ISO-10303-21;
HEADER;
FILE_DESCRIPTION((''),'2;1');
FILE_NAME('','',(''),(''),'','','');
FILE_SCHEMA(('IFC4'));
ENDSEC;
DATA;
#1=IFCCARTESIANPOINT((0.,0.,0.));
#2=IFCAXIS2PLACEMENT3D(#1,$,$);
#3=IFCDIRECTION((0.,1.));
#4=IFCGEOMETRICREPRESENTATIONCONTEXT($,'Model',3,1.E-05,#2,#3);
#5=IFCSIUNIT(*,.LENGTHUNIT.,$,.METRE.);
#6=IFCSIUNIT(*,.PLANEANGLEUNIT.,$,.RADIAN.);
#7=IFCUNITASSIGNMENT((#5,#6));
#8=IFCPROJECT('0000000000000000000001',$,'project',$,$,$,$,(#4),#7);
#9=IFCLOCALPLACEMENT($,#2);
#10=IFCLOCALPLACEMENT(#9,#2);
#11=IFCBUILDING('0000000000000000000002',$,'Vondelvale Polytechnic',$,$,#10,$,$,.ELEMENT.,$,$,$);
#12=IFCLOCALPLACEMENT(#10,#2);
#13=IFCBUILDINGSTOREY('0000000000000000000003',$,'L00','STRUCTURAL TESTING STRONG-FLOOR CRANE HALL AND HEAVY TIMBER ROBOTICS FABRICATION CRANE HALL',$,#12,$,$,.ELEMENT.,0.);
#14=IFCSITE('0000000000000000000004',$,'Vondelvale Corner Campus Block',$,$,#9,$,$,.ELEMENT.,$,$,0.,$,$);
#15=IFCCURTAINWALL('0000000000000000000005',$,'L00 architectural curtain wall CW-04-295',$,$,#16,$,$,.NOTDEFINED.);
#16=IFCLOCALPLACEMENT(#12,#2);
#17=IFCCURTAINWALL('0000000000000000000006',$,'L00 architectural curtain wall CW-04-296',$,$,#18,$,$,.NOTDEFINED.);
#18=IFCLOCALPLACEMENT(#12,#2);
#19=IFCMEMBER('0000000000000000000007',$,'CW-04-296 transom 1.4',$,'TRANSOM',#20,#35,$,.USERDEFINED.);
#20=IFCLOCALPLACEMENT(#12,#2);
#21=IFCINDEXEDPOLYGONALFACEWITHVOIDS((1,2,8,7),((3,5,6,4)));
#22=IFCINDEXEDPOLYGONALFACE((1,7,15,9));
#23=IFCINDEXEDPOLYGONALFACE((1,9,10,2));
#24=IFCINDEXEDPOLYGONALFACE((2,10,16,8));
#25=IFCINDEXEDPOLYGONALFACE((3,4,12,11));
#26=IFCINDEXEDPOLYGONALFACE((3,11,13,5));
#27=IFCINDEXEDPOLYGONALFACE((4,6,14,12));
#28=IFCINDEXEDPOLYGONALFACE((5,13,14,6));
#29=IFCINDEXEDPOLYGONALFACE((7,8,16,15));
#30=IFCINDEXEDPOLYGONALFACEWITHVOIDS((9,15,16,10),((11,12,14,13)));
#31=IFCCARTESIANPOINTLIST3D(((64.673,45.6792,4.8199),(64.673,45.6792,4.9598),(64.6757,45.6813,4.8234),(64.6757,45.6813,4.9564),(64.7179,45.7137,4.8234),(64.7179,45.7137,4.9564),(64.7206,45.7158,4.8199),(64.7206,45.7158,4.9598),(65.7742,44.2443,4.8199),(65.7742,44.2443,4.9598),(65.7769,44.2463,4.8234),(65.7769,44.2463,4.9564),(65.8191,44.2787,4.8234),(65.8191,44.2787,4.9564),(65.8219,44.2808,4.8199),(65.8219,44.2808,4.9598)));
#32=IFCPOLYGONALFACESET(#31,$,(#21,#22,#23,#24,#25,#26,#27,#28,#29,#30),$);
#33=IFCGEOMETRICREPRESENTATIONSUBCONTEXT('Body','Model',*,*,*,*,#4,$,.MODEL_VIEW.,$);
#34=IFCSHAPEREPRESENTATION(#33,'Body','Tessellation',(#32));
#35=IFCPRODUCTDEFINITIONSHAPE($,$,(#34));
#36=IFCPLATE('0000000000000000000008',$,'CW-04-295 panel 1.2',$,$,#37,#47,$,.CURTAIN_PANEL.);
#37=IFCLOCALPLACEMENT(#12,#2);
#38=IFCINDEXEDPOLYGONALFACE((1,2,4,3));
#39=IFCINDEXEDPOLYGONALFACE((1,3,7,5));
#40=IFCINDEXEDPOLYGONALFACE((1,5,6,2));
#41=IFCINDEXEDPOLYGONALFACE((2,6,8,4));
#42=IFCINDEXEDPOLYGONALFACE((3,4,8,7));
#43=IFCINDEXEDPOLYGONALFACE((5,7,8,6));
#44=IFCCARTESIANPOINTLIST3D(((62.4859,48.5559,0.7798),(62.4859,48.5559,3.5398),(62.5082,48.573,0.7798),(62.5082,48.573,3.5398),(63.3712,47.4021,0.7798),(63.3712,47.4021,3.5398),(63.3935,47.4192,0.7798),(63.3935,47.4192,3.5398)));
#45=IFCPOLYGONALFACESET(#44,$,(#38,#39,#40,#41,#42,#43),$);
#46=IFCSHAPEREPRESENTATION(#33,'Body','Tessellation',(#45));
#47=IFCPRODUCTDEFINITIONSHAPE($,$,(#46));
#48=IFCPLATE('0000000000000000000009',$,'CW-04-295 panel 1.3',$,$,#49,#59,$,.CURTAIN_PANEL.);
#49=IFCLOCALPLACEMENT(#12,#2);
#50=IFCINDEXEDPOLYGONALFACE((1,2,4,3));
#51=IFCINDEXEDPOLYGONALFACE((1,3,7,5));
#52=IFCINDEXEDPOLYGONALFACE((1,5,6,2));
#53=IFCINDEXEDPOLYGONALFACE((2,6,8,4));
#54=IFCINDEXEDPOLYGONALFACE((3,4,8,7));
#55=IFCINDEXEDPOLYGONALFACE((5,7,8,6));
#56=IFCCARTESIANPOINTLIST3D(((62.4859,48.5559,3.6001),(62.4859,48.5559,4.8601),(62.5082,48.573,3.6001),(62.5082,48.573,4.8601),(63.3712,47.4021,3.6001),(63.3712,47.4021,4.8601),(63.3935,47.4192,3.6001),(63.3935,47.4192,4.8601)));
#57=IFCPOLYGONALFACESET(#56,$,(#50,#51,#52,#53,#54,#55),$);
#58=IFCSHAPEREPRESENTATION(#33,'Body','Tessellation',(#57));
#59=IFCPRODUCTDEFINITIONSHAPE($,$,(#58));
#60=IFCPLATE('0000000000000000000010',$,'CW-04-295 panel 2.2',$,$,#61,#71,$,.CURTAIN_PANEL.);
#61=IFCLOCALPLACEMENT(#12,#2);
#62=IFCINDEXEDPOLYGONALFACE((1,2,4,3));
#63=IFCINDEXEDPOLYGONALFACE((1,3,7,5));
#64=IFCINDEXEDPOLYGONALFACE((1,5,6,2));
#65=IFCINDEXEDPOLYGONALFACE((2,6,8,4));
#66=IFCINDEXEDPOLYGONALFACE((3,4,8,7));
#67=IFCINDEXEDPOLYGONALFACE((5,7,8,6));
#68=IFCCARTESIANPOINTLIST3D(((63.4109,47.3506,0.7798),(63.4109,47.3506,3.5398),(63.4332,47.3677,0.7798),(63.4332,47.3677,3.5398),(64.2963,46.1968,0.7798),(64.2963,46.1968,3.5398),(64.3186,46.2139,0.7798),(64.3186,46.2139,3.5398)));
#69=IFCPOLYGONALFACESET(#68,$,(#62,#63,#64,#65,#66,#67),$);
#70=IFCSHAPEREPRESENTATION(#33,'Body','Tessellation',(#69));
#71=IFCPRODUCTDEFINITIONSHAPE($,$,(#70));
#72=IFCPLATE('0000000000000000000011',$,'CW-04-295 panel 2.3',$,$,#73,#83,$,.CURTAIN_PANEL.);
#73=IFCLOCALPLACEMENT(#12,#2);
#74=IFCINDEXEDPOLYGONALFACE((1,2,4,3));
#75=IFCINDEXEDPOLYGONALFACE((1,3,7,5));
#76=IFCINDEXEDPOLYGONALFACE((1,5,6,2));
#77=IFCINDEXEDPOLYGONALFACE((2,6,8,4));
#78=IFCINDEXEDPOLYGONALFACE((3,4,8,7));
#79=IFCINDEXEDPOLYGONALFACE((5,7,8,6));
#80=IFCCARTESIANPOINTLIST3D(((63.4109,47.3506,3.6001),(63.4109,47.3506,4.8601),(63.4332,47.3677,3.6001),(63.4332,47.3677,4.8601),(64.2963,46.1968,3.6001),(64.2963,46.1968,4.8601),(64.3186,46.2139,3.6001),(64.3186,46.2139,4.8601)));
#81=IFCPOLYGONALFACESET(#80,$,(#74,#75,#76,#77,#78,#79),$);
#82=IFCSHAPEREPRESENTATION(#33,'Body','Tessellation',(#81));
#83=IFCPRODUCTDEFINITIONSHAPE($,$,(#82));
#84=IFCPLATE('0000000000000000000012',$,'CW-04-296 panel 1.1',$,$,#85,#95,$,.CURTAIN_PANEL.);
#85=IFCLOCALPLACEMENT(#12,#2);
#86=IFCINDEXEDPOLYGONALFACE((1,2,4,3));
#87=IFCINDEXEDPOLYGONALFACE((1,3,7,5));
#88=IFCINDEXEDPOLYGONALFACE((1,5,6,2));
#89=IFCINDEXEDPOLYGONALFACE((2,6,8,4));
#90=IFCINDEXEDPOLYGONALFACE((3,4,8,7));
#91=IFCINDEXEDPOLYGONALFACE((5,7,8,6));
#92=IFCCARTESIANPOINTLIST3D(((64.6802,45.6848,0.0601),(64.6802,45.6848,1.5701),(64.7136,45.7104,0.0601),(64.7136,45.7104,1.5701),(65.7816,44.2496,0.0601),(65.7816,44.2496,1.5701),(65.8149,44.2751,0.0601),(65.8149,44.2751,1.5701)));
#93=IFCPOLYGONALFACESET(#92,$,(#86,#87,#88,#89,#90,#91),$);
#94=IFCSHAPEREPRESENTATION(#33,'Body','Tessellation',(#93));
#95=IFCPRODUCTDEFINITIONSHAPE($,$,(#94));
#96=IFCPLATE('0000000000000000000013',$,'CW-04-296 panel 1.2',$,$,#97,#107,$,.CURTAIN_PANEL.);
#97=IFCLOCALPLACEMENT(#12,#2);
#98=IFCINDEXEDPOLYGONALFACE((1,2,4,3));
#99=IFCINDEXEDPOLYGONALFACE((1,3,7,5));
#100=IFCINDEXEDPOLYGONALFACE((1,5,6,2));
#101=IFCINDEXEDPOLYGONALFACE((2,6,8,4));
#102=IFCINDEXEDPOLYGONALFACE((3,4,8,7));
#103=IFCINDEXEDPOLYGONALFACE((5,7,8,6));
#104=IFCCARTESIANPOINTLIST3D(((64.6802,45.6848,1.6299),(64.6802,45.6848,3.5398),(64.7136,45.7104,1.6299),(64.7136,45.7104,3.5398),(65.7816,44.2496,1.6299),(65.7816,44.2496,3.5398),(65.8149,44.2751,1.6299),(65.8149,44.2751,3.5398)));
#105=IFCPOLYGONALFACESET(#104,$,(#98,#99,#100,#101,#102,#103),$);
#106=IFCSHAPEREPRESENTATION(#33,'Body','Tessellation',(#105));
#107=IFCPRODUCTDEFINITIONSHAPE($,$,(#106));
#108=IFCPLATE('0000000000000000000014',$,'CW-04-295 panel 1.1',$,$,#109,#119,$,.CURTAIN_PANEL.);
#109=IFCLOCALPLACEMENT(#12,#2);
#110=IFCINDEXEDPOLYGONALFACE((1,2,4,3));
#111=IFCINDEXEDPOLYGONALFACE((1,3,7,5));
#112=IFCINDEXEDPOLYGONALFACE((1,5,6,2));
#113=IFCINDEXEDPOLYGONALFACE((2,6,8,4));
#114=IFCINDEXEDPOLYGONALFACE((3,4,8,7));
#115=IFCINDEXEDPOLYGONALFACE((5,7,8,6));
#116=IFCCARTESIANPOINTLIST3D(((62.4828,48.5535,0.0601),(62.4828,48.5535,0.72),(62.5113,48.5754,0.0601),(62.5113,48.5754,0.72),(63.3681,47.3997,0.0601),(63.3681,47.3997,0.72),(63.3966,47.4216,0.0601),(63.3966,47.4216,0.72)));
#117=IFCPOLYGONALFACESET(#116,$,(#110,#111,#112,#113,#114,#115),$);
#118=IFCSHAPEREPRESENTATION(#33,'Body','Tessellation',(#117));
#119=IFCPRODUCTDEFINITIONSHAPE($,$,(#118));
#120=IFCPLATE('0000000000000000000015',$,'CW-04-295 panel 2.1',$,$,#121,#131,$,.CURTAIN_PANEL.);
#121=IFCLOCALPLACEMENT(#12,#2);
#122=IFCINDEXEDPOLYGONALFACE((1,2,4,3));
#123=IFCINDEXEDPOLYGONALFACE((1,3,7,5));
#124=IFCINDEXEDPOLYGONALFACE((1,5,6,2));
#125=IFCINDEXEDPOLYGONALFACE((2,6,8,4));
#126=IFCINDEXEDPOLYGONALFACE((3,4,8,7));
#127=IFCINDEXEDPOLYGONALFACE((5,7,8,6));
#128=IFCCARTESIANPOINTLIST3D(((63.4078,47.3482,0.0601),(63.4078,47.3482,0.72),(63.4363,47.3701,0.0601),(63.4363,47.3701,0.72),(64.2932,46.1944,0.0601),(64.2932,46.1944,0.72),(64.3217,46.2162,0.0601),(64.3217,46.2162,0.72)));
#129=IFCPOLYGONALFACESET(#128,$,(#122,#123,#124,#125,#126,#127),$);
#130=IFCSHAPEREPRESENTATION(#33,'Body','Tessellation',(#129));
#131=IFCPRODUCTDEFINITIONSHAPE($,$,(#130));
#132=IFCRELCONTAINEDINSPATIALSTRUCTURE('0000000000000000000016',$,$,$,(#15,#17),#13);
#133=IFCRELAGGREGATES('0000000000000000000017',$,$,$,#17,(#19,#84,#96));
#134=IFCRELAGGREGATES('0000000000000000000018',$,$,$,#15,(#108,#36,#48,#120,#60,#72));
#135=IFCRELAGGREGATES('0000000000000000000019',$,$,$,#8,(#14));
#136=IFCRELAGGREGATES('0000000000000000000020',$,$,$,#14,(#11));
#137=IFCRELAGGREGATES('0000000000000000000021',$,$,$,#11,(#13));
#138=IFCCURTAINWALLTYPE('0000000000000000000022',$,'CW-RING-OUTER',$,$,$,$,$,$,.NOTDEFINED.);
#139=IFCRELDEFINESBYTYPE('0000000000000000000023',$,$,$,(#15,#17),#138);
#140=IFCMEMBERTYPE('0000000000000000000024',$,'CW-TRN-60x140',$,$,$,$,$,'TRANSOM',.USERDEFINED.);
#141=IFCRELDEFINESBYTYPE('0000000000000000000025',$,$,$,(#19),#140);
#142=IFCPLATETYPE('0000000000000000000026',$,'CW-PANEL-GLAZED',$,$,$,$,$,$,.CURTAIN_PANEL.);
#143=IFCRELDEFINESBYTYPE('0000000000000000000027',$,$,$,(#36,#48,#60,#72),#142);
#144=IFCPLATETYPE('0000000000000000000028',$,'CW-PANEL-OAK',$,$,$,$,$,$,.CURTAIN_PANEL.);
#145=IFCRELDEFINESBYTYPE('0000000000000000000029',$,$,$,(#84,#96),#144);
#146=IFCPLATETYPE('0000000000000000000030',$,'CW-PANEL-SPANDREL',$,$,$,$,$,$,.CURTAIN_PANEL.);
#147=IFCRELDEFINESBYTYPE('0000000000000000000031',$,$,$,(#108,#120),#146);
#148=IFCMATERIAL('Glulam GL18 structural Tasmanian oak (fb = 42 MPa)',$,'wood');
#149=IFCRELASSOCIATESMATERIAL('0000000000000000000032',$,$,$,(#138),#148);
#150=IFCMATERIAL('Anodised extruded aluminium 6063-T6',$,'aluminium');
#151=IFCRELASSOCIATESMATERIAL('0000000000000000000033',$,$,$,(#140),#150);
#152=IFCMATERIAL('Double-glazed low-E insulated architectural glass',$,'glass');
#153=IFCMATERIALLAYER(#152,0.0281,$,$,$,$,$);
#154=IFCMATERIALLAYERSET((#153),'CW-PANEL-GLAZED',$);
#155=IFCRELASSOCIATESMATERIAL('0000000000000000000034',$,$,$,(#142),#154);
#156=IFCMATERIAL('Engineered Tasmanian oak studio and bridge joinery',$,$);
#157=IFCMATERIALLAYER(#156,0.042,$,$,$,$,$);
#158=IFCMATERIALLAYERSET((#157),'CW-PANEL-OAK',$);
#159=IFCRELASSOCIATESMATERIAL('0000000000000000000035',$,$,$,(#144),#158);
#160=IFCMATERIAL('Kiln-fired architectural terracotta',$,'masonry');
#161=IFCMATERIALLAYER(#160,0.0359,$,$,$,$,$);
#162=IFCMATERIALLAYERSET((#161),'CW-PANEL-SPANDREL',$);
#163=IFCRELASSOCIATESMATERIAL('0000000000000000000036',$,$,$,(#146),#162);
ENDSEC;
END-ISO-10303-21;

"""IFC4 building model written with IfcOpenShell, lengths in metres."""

from ifc_helpers import new_model, si_unit, direction, frame, origin, origin_2d, place, context, subcontext, project, spatial, rectangle, hollow_rectangle, extrude, material, layer, layer_set, material_profile, profile_set, type_object, element, aggregate, save


model = new_model("IFC4")

# Units and contexts
model_context = context("Model", 3, precision=1e-05, world=origin(), true_north=direction((0.0, 1.0)))
body_context = subcontext(model_context, "Body", "Model", "MODEL_VIEW")
ifc_project = project(units=[si_unit("LENGTHUNIT", "METRE"), si_unit("PLANEANGLEUNIT", "RADIAN")], contexts=[model_context])

# Site, building, storey
site_placement = place(None, origin())
site = spatial("IfcSite", under=ifc_project, at=site_placement, Name="Vondelvale Corner Campus Block", CompositionType="ELEMENT", RefElevation=0.0)
building_placement = place(site_placement, origin())
building = spatial("IfcBuilding", under=site, at=building_placement, Name="Vondelvale Polytechnic", CompositionType="ELEMENT")
storey_placement = place(building_placement, origin())
storey = spatial("IfcBuildingStorey", under=building, at=storey_placement, Name="L00", Description="STRUCTURAL TESTING STRONG-FLOOR CRANE HALL AND HEAVY TIMBER ROBOTICS FABRICATION CRANE HALL", CompositionType="ELEMENT", Elevation=0.0)

# Shared definitions
ifc_material_1 = material(Name="Glulam GL18 structural Tasmanian oak (fb = 42 MPa)", Category="wood")

# Curtain wall
curtain_wall_type = type_object("IfcCurtainWallType", Name="CW-RING-OUTER", PredefinedType="NOTDEFINED", material=ifc_material_1)
curtain_wall_1_placement = place(storey_placement, origin())
curtain_wall_1 = element("IfcCurtainWall", 1, at=curtain_wall_1_placement, inside=storey, type_object=curtain_wall_type, Name="L00 architectural curtain wall CW-04-295", PredefinedType="NOTDEFINED")
ifc_material_2 = material(Name="Anodised extruded aluminium 6063-T6", Category="aluminium")

# Curtain wall
curtain_wall_2_placement = place(storey_placement, origin())
curtain_wall_2 = element("IfcCurtainWall", 2, at=curtain_wall_2_placement, inside=storey, type_object=curtain_wall_type, Name="L00 architectural curtain wall CW-04-296", PredefinedType="NOTDEFINED")

# Member
ifc_material_profile_1 = material_profile(ifc_material_2, hollow_rectangle(XDim=0.0601, YDim=0.1399, WallThickness=0.0034, at=origin_2d()), Name="CW-TRN-140x60")
ifc_profile_set_1 = profile_set([ifc_material_profile_1], Name="Anodised extruded aluminium 6063-T6")
member_type_1 = type_object("IfcMemberType", Name="CW-TRN-60x140", ElementType="TRANSOM", PredefinedType="USERDEFINED", material=ifc_profile_set_1)
member_1_placement = place(storey_placement, frame((64.6968, 45.6975, 4.8899), z_axis=(0.608817, -0.793311, 0.0), x_axis=(0.793311, 0.608817, 0.0)))
member_1 = element("IfcMember", 3, at=member_1_placement, type_object=member_type_1, Name="CW-04-296 transom 1.4", ObjectType="TRANSOM", PredefinedType="USERDEFINED", context=body_context, shape_type="SweptSolid", body=[
    extrude(hollow_rectangle(XDim=0.0601, YDim=0.1399, WallThickness=0.0034, at=origin_2d()), origin(), (0.0, 0.0, 1.0), 1.8088),
])

# Plates
ifc_material_3 = material(Name="Double-glazed low-E insulated architectural glass", Category="glass")
ifc_layer_1 = layer(ifc_material_3, 0.0281)
ifc_layer_set_1 = layer_set([ifc_layer_1], Name="CW-PANEL-GLAZED")
plate_type_1 = type_object("IfcPlateType", Name="CW-PANEL-GLAZED", PredefinedType="CURTAIN_PANEL", material=ifc_layer_set_1)
plate_1_placement = place(storey_placement, frame((62.9397, 47.9875, 0.7798), z_axis=(0.0, 0.0, 1.0), x_axis=(0.608764, -0.793352, 0.0)))
plate_1 = element("IfcPlate", 4, at=plate_1_placement, type_object=plate_type_1, Name="CW-04-295 panel 1.2", PredefinedType="CURTAIN_PANEL", context=body_context, shape_type="SweptSolid", body=[
    extrude(rectangle(XDim=1.4543, YDim=0.0281, at=origin_2d()), origin(), (0.0, 0.0, 1.0), 2.76),
])
plate_2_placement = place(storey_placement, frame((62.9397, 47.9875, 3.6001), z_axis=(0.0, 0.0, 1.0), x_axis=(0.608764, -0.793352, 0.0)))
plate_2 = element("IfcPlate", 5, at=plate_2_placement, type_object=plate_type_1, Name="CW-04-295 panel 1.3", PredefinedType="CURTAIN_PANEL", context=body_context, shape_type="SweptSolid", body=[
    extrude(rectangle(XDim=1.4543, YDim=0.0281, at=origin_2d()), origin(), (0.0, 0.0, 1.0), 1.26),
])
plate_3_placement = place(storey_placement, frame((63.8647, 46.7822, 0.7798), z_axis=(0.0, 0.0, 1.0), x_axis=(0.608764, -0.793352, 0.0)))
plate_3 = element("IfcPlate", 6, at=plate_3_placement, type_object=plate_type_1, Name="CW-04-295 panel 2.2", PredefinedType="CURTAIN_PANEL", context=body_context, shape_type="SweptSolid", body=[
    extrude(rectangle(XDim=1.4543, YDim=0.0281, at=origin_2d()), origin(), (0.0, 0.0, 1.0), 2.76),
])
plate_4_placement = place(storey_placement, frame((63.8647, 46.7822, 3.6001), z_axis=(0.0, 0.0, 1.0), x_axis=(0.608764, -0.793352, 0.0)))
plate_4 = element("IfcPlate", 7, at=plate_4_placement, type_object=plate_type_1, Name="CW-04-295 panel 2.3", PredefinedType="CURTAIN_PANEL", context=body_context, shape_type="SweptSolid", body=[
    extrude(rectangle(XDim=1.4543, YDim=0.0281, at=origin_2d()), origin(), (0.0, 0.0, 1.0), 1.26),
])
ifc_material_4 = material(Name="Engineered Tasmanian oak studio and bridge joinery")
ifc_layer_2 = layer(ifc_material_4, 0.042)
ifc_layer_set_2 = layer_set([ifc_layer_2], Name="CW-PANEL-OAK")
plate_type_2 = type_object("IfcPlateType", Name="CW-PANEL-OAK", PredefinedType="CURTAIN_PANEL", material=ifc_layer_set_2)
plate_5_placement = place(storey_placement, frame((65.2476, 44.98, 0.0601), z_axis=(0.0, 0.0, 1.0), x_axis=(0.608771, -0.793346, 0.0)))
plate_5 = element("IfcPlate", 8, at=plate_5_placement, type_object=plate_type_2, Name="CW-04-296 panel 1.1", PredefinedType="CURTAIN_PANEL", context=body_context, shape_type="SweptSolid", body=[
    extrude(rectangle(XDim=1.8091, YDim=0.042, at=origin_2d()), origin(), (0.0, 0.0, 1.0), 1.51),
])
plate_6_placement = place(storey_placement, frame((65.2476, 44.98, 1.6299), z_axis=(0.0, 0.0, 1.0), x_axis=(0.608771, -0.793346, 0.0)))
plate_6 = element("IfcPlate", 9, at=plate_6_placement, type_object=plate_type_2, Name="CW-04-296 panel 1.2", PredefinedType="CURTAIN_PANEL", context=body_context, shape_type="SweptSolid", body=[
    extrude(rectangle(XDim=1.8091, YDim=0.042, at=origin_2d()), origin(), (0.0, 0.0, 1.0), 1.9099),
])
aggregate(curtain_wall_2, [member_1, plate_5, plate_6])
ifc_material_5 = material(Name="Kiln-fired architectural terracotta", Category="masonry")
ifc_layer_3 = layer(ifc_material_5, 0.0359)
ifc_layer_set_3 = layer_set([ifc_layer_3], Name="CW-PANEL-SPANDREL")
plate_type_3 = type_object("IfcPlateType", Name="CW-PANEL-SPANDREL", PredefinedType="CURTAIN_PANEL", material=ifc_layer_set_3)
plate_7_placement = place(storey_placement, frame((62.9397, 47.9875, 0.0601), z_axis=(0.0, 0.0, 1.0), x_axis=(0.608764, -0.793352, 0.0)))
plate_7 = element("IfcPlate", 10, at=plate_7_placement, type_object=plate_type_3, Name="CW-04-295 panel 1.1", PredefinedType="CURTAIN_PANEL", context=body_context, shape_type="SweptSolid", body=[
    extrude(rectangle(XDim=1.4543, YDim=0.0359, at=origin_2d()), origin(), (0.0, 0.0, 1.0), 0.6599),
])
plate_8_placement = place(storey_placement, frame((63.8647, 46.7822, 0.0601), z_axis=(0.0, 0.0, 1.0), x_axis=(0.608764, -0.793352, 0.0)))
plate_8 = element("IfcPlate", 11, at=plate_8_placement, type_object=plate_type_3, Name="CW-04-295 panel 2.1", PredefinedType="CURTAIN_PANEL", context=body_context, shape_type="SweptSolid", body=[
    extrude(rectangle(XDim=1.4543, YDim=0.0359, at=origin_2d()), origin(), (0.0, 0.0, 1.0), 0.6599),
])
aggregate(curtain_wall_1, [plate_7, plate_1, plate_2, plate_8, plate_3, plate_4])

save(model, "model.ifc")
